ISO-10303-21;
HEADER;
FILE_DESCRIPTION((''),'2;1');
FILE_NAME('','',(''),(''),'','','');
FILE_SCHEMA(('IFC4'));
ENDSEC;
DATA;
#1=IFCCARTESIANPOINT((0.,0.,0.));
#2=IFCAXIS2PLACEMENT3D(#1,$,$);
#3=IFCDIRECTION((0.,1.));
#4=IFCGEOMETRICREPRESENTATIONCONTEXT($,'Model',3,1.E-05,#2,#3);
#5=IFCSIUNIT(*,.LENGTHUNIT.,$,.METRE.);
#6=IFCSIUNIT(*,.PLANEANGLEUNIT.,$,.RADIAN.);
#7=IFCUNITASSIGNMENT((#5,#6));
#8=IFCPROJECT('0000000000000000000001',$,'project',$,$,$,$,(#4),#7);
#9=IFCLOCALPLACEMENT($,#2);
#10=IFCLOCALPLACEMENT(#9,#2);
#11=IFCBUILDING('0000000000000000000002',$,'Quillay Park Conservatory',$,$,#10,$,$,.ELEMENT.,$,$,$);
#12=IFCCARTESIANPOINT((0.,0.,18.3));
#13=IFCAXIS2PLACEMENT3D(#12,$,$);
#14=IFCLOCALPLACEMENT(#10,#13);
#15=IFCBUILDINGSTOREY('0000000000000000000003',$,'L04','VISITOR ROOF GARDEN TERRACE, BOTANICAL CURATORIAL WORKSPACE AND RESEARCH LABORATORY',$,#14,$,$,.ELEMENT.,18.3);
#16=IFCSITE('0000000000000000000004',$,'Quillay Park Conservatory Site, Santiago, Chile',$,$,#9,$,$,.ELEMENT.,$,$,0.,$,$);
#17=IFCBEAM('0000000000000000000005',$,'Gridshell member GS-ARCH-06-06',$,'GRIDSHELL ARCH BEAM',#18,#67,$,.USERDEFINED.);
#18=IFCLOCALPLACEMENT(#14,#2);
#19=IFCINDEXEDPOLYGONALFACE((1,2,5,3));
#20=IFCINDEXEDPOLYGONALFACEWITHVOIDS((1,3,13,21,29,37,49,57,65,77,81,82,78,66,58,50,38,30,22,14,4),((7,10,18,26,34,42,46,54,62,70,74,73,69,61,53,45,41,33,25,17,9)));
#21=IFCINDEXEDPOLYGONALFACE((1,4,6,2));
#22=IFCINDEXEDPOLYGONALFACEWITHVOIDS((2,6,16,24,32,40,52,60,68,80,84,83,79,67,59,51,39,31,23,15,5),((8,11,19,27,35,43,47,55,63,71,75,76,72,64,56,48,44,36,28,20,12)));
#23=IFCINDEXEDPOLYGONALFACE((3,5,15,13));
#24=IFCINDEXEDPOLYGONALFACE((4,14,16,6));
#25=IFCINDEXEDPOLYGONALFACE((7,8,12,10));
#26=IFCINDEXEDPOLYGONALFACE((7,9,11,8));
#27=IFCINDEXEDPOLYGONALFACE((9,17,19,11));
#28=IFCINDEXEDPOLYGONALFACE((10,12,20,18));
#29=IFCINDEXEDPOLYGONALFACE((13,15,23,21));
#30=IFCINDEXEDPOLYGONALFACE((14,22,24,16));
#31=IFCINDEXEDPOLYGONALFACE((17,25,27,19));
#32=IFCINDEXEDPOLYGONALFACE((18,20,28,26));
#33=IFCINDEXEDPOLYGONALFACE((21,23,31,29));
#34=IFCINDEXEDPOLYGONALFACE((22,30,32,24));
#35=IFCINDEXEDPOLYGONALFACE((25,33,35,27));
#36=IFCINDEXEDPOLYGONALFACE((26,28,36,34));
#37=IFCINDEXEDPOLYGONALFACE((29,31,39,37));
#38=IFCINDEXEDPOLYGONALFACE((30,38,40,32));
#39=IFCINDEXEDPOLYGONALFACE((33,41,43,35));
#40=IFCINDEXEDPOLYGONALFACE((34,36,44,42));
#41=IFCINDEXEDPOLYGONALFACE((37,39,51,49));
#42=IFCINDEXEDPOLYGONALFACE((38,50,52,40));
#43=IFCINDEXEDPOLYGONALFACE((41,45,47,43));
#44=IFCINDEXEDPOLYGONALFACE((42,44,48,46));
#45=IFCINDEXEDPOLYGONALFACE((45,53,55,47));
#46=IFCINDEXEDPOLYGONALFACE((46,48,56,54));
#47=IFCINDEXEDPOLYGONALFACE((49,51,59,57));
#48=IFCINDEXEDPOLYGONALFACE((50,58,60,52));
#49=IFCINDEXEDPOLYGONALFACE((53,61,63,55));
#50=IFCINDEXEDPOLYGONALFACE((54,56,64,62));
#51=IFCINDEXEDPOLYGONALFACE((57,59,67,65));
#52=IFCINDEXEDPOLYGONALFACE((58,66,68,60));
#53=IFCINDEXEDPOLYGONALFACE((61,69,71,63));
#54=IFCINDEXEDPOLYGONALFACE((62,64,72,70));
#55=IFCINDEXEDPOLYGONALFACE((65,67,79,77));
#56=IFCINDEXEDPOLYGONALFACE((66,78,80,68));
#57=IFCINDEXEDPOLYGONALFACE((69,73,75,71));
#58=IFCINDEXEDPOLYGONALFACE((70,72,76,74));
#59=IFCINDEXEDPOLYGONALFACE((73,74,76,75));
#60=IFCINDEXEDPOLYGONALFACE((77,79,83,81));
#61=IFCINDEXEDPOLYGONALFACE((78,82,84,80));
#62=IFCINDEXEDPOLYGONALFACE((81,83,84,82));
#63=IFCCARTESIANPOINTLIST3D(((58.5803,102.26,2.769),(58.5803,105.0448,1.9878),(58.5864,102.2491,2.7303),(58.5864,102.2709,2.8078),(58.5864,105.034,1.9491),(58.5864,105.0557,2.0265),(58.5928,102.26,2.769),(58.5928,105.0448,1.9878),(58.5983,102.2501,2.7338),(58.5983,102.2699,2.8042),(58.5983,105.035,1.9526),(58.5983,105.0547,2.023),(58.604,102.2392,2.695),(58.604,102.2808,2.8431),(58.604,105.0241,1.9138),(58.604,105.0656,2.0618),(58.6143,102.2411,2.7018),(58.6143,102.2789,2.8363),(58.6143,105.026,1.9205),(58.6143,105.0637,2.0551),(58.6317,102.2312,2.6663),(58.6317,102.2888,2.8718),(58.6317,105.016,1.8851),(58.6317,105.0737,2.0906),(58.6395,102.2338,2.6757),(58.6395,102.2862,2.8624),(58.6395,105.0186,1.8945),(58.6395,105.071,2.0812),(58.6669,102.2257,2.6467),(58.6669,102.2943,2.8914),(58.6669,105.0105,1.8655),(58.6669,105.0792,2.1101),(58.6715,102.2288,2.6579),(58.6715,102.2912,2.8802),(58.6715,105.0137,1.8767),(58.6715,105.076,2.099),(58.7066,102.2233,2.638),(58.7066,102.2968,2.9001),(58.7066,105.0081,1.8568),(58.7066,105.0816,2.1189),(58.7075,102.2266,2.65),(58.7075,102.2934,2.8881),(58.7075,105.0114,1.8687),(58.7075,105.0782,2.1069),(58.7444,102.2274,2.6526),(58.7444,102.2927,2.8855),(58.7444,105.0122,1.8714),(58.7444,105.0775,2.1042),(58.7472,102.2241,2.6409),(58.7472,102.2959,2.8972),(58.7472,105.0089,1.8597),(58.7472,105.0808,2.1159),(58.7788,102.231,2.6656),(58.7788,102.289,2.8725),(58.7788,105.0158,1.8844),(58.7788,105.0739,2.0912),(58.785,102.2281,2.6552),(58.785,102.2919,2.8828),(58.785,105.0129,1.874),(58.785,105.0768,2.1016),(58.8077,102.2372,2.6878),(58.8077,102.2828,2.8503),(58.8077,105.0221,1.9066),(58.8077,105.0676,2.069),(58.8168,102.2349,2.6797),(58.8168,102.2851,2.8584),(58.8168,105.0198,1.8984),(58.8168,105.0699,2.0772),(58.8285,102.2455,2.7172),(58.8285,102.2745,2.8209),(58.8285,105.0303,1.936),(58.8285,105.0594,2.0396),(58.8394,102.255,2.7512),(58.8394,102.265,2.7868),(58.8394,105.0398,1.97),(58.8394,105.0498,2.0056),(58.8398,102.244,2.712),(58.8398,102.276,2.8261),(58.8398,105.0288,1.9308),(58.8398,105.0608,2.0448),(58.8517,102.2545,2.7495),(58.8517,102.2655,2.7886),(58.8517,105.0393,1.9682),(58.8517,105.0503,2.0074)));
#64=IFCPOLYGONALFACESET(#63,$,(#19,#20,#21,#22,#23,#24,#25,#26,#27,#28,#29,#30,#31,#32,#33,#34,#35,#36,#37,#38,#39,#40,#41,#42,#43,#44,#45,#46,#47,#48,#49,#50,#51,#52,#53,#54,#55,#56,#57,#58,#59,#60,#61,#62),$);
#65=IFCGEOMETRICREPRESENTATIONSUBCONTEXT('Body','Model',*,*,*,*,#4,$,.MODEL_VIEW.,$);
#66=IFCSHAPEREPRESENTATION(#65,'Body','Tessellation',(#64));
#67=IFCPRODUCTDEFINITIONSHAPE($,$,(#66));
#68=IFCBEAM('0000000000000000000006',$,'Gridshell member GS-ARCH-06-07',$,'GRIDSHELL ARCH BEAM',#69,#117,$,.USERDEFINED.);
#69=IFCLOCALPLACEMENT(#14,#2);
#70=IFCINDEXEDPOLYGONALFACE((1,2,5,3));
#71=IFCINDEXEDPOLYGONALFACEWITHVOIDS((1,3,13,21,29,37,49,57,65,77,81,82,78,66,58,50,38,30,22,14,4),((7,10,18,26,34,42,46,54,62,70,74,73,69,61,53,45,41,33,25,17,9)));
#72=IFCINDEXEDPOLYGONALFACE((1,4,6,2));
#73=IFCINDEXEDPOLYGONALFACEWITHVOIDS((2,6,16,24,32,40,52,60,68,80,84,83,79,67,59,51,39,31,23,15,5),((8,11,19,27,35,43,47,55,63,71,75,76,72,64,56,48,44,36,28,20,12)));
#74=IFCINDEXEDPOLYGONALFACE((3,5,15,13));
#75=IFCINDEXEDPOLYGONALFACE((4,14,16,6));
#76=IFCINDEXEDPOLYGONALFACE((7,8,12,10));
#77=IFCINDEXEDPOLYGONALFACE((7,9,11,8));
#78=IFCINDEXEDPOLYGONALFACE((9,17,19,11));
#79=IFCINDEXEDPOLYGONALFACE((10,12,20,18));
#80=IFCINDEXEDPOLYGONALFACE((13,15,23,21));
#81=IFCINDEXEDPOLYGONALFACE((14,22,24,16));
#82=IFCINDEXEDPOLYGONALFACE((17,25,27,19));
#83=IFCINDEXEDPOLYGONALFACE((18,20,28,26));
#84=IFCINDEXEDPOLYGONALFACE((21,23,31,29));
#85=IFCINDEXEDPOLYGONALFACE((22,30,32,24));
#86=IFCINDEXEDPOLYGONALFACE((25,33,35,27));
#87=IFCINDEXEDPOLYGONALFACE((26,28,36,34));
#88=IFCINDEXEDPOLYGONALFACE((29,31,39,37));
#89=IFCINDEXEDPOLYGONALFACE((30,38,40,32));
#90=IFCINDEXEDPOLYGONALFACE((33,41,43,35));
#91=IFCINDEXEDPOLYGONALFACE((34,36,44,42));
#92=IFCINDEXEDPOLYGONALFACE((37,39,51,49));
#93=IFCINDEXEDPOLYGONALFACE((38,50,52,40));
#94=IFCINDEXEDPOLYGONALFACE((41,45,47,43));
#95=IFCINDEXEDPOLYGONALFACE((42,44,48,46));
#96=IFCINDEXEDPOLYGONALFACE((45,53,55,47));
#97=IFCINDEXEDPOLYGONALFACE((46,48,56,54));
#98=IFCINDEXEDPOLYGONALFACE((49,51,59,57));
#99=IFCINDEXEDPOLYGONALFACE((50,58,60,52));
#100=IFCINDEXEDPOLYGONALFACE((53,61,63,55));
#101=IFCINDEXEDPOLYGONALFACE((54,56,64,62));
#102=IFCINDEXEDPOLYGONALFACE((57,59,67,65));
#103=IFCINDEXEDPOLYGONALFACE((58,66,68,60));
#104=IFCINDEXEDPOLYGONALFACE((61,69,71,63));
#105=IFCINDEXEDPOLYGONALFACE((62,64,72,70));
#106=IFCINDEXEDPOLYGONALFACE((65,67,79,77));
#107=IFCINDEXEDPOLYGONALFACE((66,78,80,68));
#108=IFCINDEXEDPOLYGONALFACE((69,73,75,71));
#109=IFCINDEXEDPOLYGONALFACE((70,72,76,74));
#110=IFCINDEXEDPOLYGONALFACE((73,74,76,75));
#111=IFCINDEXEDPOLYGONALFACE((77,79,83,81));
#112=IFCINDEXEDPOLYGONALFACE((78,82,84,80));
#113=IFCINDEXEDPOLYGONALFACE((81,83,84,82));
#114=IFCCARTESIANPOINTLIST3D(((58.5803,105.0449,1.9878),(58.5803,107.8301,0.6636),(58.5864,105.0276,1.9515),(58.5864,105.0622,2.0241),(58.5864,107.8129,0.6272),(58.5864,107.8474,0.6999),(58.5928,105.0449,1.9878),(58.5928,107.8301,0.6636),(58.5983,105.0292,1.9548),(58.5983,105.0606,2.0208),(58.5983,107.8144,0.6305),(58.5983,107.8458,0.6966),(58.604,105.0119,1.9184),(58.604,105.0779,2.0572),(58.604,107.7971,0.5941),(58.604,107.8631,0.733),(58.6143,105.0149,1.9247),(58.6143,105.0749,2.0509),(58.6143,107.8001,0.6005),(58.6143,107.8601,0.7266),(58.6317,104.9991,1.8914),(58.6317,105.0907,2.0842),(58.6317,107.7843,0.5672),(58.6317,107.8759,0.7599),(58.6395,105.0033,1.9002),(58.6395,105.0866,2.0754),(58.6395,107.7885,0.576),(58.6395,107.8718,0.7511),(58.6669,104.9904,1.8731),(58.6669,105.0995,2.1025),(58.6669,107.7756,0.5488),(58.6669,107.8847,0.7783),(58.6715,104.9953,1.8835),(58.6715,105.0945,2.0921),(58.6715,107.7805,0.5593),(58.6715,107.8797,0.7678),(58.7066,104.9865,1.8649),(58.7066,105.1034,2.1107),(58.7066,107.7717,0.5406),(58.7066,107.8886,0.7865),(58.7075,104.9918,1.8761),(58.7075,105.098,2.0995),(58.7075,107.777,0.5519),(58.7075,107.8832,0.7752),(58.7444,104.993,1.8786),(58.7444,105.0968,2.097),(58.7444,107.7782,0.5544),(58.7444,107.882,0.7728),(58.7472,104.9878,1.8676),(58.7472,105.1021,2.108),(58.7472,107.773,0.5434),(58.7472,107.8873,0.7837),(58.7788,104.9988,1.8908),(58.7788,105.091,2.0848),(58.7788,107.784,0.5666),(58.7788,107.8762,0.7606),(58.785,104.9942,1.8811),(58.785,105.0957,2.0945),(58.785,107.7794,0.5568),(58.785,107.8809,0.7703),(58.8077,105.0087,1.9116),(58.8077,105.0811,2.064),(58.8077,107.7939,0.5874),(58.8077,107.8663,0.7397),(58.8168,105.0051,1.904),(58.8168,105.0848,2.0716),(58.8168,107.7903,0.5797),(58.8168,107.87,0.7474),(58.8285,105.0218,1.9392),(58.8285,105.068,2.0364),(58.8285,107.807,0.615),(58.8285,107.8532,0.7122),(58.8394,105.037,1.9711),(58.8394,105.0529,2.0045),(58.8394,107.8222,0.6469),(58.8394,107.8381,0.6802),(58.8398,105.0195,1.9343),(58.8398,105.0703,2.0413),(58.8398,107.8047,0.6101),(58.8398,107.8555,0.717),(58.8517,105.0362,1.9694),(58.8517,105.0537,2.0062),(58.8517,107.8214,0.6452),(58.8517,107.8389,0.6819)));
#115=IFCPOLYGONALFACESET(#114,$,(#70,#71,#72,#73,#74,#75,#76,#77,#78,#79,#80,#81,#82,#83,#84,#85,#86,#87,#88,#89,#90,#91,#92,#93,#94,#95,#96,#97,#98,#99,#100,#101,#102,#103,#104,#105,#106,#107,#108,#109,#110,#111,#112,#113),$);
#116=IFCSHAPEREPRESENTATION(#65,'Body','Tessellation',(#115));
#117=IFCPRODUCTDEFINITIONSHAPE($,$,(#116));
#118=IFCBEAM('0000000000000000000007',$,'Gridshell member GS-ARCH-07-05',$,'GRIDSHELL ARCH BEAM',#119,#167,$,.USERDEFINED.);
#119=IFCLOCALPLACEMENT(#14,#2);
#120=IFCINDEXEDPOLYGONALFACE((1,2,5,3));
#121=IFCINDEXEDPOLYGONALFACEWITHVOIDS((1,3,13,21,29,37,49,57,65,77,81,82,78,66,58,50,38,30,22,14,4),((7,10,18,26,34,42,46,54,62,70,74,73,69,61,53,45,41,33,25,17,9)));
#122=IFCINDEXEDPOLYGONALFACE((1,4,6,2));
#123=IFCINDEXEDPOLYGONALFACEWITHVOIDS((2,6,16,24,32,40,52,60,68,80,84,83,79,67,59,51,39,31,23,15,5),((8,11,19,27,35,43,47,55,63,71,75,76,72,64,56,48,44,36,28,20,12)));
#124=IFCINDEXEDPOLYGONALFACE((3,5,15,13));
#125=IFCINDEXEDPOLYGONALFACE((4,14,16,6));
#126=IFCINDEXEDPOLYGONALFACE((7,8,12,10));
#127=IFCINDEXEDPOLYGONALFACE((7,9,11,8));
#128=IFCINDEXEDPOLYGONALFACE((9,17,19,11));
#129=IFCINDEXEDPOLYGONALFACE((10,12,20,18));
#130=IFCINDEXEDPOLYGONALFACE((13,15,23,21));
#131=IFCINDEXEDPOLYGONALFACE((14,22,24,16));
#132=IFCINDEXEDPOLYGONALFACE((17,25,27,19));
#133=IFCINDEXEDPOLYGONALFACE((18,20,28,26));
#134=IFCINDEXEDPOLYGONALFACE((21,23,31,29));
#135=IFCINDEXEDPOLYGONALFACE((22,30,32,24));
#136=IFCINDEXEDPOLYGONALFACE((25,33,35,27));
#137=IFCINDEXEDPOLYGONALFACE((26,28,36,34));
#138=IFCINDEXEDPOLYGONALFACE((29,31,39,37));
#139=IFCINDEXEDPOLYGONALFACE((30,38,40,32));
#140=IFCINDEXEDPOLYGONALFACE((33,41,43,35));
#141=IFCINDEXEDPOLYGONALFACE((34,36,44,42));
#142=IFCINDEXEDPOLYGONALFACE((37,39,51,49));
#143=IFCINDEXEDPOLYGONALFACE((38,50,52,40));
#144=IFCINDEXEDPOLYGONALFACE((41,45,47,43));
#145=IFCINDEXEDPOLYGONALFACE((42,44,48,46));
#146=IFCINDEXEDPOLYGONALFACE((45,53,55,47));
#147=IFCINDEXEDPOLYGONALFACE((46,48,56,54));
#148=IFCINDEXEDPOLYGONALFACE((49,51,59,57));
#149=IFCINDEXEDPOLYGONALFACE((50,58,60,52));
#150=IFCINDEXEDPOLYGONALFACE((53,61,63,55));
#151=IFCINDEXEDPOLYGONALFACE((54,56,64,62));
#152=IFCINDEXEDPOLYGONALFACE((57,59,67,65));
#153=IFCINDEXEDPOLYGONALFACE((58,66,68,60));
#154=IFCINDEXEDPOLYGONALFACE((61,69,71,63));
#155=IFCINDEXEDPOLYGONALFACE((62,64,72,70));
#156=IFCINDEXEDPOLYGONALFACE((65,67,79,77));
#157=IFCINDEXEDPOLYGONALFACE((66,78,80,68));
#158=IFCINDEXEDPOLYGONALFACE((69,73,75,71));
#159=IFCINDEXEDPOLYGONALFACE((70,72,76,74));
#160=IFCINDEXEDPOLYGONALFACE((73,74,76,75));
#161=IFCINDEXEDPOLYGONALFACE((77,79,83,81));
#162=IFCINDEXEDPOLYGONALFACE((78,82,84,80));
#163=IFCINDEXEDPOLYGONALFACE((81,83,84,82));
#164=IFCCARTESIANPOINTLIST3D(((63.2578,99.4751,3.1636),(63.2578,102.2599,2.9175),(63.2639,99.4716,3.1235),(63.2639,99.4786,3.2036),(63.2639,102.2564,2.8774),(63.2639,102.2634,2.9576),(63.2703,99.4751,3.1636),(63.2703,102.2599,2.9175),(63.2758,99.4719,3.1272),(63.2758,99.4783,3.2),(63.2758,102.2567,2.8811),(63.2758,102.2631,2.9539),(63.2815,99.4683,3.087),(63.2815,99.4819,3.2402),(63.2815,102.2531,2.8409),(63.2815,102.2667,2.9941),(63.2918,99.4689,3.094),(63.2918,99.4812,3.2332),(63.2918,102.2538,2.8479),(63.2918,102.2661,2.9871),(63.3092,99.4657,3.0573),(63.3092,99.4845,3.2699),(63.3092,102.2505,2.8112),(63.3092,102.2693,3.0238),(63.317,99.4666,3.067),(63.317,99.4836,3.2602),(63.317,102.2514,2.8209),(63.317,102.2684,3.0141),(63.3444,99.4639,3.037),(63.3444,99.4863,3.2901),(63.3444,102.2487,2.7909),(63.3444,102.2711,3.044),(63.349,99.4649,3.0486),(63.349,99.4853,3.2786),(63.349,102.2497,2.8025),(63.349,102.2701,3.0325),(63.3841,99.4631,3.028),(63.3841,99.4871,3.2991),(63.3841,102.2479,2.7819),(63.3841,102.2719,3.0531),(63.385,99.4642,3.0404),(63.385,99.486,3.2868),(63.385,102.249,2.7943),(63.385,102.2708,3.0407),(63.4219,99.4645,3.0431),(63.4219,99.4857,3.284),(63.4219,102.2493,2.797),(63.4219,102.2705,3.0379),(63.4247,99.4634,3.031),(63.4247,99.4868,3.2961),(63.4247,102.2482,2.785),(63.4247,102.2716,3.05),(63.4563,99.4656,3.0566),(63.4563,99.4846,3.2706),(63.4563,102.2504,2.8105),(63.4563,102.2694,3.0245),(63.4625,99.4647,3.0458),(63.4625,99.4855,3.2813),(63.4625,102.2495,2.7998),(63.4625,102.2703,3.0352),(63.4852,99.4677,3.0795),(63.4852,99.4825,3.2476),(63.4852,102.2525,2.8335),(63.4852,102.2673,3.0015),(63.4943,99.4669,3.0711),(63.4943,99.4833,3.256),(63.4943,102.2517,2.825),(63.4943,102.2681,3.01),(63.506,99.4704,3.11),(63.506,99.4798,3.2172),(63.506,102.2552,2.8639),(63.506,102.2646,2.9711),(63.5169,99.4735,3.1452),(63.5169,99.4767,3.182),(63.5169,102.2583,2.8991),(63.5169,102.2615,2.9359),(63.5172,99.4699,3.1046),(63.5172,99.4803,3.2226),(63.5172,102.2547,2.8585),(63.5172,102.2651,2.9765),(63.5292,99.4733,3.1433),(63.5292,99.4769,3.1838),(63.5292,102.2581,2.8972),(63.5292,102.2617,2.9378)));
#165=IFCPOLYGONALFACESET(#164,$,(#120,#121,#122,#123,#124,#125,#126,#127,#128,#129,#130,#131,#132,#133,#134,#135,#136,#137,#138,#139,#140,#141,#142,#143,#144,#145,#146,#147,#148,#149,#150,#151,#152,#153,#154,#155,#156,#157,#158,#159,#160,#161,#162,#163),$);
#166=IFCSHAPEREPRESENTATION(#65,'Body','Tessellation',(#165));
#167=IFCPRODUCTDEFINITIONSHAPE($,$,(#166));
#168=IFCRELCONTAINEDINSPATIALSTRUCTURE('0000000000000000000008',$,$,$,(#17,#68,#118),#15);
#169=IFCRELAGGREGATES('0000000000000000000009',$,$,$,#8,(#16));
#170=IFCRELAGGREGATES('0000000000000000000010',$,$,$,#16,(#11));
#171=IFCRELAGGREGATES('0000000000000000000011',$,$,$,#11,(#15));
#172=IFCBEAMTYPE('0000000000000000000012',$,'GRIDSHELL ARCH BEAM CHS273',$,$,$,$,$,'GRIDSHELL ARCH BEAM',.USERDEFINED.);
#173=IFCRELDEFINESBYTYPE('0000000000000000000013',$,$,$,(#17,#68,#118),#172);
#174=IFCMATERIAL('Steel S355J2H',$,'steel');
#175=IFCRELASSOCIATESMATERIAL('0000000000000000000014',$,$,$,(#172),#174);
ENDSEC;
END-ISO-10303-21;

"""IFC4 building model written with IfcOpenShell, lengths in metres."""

from ifc_helpers import new_model, si_unit, direction, frame, origin, origin_2d, place, context, subcontext, project, spatial, hollow_circle, extrude, material, material_profile, profile_set, type_object, element, save


model = new_model("IFC4")

# Units and contexts
model_context = context("Model", 3, precision=1e-05, world=origin(), true_north=direction((0.0, 1.0)))
body_context = subcontext(model_context, "Body", "Model", "MODEL_VIEW")
ifc_project = project(units=[si_unit("LENGTHUNIT", "METRE"), si_unit("PLANEANGLEUNIT", "RADIAN")], contexts=[model_context])

# Site, building, storey
site_placement = place(None, origin())
site = spatial("IfcSite", under=ifc_project, at=site_placement, Name="Quillay Park Conservatory Site, Santiago, Chile", CompositionType="ELEMENT", RefElevation=0.0)
building_placement = place(site_placement, origin())
building = spatial("IfcBuilding", under=site, at=building_placement, Name="Quillay Park Conservatory", CompositionType="ELEMENT")
storey_placement = place(building_placement, frame((0.0, 0.0, 18.3)))
storey = spatial("IfcBuildingStorey", under=building, at=storey_placement, Name="L04", Description="VISITOR ROOF GARDEN TERRACE, BOTANICAL CURATORIAL WORKSPACE AND RESEARCH LABORATORY", CompositionType="ELEMENT", Elevation=18.3)

# Beams
ifc_material_1 = material(Name="Steel S355J2H", Category="steel")
ifc_material_profile_1 = material_profile(ifc_material_1, hollow_circle(Radius=0.1365, WallThickness=0.0125, at=origin_2d()), Name="CHS273x12.5")
ifc_profile_set_1 = profile_set([ifc_material_profile_1], Name="Steel S355J2H")
beam_type = type_object("IfcBeamType", Name="GRIDSHELL ARCH BEAM CHS273", ElementType="GRIDSHELL ARCH BEAM", PredefinedType="USERDEFINED", material=ifc_profile_set_1)
beam_1_placement = place(storey_placement, frame((58.7168, 102.26, 2.769), z_axis=(0.0, 0.962832, -0.270103), x_axis=(-1.0, 0.0, 0.0)))
element("IfcBeam", 1, at=beam_1_placement, inside=storey, type_object=beam_type, Name="Gridshell member GS-ARCH-06-06", ObjectType="GRIDSHELL ARCH BEAM", PredefinedType="USERDEFINED", context=body_context, shape_type="SweptSolid", body=[
    extrude(hollow_circle(Radius=0.1365, WallThickness=0.0125, at=origin_2d()), origin(), (0.0, 0.0, 1.0), 2.8923),
])
beam_2_placement = place(storey_placement, frame((58.7168, 105.0449, 1.9878), z_axis=(0.0, 0.903118, -0.429393), x_axis=(-1.0, 0.0, 0.0)))
element("IfcBeam", 2, at=beam_2_placement, inside=storey, type_object=beam_type, Name="Gridshell member GS-ARCH-06-07", ObjectType="GRIDSHELL ARCH BEAM", PredefinedType="USERDEFINED", context=body_context, shape_type="SweptSolid", body=[
    extrude(hollow_circle(Radius=0.1365, WallThickness=0.0125, at=origin_2d()), origin(), (0.0, 0.0, 1.0), 3.084),
])
beam_3_placement = place(storey_placement, frame((63.3943, 99.4751, 3.1636), z_axis=(0.0, 0.996118, -0.088024), x_axis=(-1.0, 0.0, 0.0)))
element("IfcBeam", 3, at=beam_3_placement, inside=storey, type_object=beam_type, Name="Gridshell member GS-ARCH-07-05", ObjectType="GRIDSHELL ARCH BEAM", PredefinedType="USERDEFINED", context=body_context, shape_type="SweptSolid", body=[
    extrude(hollow_circle(Radius=0.1365, WallThickness=0.0125, at=origin_2d()), origin(), (0.0, 0.0, 1.0), 2.7957),
])

save(model, "model.ifc")
